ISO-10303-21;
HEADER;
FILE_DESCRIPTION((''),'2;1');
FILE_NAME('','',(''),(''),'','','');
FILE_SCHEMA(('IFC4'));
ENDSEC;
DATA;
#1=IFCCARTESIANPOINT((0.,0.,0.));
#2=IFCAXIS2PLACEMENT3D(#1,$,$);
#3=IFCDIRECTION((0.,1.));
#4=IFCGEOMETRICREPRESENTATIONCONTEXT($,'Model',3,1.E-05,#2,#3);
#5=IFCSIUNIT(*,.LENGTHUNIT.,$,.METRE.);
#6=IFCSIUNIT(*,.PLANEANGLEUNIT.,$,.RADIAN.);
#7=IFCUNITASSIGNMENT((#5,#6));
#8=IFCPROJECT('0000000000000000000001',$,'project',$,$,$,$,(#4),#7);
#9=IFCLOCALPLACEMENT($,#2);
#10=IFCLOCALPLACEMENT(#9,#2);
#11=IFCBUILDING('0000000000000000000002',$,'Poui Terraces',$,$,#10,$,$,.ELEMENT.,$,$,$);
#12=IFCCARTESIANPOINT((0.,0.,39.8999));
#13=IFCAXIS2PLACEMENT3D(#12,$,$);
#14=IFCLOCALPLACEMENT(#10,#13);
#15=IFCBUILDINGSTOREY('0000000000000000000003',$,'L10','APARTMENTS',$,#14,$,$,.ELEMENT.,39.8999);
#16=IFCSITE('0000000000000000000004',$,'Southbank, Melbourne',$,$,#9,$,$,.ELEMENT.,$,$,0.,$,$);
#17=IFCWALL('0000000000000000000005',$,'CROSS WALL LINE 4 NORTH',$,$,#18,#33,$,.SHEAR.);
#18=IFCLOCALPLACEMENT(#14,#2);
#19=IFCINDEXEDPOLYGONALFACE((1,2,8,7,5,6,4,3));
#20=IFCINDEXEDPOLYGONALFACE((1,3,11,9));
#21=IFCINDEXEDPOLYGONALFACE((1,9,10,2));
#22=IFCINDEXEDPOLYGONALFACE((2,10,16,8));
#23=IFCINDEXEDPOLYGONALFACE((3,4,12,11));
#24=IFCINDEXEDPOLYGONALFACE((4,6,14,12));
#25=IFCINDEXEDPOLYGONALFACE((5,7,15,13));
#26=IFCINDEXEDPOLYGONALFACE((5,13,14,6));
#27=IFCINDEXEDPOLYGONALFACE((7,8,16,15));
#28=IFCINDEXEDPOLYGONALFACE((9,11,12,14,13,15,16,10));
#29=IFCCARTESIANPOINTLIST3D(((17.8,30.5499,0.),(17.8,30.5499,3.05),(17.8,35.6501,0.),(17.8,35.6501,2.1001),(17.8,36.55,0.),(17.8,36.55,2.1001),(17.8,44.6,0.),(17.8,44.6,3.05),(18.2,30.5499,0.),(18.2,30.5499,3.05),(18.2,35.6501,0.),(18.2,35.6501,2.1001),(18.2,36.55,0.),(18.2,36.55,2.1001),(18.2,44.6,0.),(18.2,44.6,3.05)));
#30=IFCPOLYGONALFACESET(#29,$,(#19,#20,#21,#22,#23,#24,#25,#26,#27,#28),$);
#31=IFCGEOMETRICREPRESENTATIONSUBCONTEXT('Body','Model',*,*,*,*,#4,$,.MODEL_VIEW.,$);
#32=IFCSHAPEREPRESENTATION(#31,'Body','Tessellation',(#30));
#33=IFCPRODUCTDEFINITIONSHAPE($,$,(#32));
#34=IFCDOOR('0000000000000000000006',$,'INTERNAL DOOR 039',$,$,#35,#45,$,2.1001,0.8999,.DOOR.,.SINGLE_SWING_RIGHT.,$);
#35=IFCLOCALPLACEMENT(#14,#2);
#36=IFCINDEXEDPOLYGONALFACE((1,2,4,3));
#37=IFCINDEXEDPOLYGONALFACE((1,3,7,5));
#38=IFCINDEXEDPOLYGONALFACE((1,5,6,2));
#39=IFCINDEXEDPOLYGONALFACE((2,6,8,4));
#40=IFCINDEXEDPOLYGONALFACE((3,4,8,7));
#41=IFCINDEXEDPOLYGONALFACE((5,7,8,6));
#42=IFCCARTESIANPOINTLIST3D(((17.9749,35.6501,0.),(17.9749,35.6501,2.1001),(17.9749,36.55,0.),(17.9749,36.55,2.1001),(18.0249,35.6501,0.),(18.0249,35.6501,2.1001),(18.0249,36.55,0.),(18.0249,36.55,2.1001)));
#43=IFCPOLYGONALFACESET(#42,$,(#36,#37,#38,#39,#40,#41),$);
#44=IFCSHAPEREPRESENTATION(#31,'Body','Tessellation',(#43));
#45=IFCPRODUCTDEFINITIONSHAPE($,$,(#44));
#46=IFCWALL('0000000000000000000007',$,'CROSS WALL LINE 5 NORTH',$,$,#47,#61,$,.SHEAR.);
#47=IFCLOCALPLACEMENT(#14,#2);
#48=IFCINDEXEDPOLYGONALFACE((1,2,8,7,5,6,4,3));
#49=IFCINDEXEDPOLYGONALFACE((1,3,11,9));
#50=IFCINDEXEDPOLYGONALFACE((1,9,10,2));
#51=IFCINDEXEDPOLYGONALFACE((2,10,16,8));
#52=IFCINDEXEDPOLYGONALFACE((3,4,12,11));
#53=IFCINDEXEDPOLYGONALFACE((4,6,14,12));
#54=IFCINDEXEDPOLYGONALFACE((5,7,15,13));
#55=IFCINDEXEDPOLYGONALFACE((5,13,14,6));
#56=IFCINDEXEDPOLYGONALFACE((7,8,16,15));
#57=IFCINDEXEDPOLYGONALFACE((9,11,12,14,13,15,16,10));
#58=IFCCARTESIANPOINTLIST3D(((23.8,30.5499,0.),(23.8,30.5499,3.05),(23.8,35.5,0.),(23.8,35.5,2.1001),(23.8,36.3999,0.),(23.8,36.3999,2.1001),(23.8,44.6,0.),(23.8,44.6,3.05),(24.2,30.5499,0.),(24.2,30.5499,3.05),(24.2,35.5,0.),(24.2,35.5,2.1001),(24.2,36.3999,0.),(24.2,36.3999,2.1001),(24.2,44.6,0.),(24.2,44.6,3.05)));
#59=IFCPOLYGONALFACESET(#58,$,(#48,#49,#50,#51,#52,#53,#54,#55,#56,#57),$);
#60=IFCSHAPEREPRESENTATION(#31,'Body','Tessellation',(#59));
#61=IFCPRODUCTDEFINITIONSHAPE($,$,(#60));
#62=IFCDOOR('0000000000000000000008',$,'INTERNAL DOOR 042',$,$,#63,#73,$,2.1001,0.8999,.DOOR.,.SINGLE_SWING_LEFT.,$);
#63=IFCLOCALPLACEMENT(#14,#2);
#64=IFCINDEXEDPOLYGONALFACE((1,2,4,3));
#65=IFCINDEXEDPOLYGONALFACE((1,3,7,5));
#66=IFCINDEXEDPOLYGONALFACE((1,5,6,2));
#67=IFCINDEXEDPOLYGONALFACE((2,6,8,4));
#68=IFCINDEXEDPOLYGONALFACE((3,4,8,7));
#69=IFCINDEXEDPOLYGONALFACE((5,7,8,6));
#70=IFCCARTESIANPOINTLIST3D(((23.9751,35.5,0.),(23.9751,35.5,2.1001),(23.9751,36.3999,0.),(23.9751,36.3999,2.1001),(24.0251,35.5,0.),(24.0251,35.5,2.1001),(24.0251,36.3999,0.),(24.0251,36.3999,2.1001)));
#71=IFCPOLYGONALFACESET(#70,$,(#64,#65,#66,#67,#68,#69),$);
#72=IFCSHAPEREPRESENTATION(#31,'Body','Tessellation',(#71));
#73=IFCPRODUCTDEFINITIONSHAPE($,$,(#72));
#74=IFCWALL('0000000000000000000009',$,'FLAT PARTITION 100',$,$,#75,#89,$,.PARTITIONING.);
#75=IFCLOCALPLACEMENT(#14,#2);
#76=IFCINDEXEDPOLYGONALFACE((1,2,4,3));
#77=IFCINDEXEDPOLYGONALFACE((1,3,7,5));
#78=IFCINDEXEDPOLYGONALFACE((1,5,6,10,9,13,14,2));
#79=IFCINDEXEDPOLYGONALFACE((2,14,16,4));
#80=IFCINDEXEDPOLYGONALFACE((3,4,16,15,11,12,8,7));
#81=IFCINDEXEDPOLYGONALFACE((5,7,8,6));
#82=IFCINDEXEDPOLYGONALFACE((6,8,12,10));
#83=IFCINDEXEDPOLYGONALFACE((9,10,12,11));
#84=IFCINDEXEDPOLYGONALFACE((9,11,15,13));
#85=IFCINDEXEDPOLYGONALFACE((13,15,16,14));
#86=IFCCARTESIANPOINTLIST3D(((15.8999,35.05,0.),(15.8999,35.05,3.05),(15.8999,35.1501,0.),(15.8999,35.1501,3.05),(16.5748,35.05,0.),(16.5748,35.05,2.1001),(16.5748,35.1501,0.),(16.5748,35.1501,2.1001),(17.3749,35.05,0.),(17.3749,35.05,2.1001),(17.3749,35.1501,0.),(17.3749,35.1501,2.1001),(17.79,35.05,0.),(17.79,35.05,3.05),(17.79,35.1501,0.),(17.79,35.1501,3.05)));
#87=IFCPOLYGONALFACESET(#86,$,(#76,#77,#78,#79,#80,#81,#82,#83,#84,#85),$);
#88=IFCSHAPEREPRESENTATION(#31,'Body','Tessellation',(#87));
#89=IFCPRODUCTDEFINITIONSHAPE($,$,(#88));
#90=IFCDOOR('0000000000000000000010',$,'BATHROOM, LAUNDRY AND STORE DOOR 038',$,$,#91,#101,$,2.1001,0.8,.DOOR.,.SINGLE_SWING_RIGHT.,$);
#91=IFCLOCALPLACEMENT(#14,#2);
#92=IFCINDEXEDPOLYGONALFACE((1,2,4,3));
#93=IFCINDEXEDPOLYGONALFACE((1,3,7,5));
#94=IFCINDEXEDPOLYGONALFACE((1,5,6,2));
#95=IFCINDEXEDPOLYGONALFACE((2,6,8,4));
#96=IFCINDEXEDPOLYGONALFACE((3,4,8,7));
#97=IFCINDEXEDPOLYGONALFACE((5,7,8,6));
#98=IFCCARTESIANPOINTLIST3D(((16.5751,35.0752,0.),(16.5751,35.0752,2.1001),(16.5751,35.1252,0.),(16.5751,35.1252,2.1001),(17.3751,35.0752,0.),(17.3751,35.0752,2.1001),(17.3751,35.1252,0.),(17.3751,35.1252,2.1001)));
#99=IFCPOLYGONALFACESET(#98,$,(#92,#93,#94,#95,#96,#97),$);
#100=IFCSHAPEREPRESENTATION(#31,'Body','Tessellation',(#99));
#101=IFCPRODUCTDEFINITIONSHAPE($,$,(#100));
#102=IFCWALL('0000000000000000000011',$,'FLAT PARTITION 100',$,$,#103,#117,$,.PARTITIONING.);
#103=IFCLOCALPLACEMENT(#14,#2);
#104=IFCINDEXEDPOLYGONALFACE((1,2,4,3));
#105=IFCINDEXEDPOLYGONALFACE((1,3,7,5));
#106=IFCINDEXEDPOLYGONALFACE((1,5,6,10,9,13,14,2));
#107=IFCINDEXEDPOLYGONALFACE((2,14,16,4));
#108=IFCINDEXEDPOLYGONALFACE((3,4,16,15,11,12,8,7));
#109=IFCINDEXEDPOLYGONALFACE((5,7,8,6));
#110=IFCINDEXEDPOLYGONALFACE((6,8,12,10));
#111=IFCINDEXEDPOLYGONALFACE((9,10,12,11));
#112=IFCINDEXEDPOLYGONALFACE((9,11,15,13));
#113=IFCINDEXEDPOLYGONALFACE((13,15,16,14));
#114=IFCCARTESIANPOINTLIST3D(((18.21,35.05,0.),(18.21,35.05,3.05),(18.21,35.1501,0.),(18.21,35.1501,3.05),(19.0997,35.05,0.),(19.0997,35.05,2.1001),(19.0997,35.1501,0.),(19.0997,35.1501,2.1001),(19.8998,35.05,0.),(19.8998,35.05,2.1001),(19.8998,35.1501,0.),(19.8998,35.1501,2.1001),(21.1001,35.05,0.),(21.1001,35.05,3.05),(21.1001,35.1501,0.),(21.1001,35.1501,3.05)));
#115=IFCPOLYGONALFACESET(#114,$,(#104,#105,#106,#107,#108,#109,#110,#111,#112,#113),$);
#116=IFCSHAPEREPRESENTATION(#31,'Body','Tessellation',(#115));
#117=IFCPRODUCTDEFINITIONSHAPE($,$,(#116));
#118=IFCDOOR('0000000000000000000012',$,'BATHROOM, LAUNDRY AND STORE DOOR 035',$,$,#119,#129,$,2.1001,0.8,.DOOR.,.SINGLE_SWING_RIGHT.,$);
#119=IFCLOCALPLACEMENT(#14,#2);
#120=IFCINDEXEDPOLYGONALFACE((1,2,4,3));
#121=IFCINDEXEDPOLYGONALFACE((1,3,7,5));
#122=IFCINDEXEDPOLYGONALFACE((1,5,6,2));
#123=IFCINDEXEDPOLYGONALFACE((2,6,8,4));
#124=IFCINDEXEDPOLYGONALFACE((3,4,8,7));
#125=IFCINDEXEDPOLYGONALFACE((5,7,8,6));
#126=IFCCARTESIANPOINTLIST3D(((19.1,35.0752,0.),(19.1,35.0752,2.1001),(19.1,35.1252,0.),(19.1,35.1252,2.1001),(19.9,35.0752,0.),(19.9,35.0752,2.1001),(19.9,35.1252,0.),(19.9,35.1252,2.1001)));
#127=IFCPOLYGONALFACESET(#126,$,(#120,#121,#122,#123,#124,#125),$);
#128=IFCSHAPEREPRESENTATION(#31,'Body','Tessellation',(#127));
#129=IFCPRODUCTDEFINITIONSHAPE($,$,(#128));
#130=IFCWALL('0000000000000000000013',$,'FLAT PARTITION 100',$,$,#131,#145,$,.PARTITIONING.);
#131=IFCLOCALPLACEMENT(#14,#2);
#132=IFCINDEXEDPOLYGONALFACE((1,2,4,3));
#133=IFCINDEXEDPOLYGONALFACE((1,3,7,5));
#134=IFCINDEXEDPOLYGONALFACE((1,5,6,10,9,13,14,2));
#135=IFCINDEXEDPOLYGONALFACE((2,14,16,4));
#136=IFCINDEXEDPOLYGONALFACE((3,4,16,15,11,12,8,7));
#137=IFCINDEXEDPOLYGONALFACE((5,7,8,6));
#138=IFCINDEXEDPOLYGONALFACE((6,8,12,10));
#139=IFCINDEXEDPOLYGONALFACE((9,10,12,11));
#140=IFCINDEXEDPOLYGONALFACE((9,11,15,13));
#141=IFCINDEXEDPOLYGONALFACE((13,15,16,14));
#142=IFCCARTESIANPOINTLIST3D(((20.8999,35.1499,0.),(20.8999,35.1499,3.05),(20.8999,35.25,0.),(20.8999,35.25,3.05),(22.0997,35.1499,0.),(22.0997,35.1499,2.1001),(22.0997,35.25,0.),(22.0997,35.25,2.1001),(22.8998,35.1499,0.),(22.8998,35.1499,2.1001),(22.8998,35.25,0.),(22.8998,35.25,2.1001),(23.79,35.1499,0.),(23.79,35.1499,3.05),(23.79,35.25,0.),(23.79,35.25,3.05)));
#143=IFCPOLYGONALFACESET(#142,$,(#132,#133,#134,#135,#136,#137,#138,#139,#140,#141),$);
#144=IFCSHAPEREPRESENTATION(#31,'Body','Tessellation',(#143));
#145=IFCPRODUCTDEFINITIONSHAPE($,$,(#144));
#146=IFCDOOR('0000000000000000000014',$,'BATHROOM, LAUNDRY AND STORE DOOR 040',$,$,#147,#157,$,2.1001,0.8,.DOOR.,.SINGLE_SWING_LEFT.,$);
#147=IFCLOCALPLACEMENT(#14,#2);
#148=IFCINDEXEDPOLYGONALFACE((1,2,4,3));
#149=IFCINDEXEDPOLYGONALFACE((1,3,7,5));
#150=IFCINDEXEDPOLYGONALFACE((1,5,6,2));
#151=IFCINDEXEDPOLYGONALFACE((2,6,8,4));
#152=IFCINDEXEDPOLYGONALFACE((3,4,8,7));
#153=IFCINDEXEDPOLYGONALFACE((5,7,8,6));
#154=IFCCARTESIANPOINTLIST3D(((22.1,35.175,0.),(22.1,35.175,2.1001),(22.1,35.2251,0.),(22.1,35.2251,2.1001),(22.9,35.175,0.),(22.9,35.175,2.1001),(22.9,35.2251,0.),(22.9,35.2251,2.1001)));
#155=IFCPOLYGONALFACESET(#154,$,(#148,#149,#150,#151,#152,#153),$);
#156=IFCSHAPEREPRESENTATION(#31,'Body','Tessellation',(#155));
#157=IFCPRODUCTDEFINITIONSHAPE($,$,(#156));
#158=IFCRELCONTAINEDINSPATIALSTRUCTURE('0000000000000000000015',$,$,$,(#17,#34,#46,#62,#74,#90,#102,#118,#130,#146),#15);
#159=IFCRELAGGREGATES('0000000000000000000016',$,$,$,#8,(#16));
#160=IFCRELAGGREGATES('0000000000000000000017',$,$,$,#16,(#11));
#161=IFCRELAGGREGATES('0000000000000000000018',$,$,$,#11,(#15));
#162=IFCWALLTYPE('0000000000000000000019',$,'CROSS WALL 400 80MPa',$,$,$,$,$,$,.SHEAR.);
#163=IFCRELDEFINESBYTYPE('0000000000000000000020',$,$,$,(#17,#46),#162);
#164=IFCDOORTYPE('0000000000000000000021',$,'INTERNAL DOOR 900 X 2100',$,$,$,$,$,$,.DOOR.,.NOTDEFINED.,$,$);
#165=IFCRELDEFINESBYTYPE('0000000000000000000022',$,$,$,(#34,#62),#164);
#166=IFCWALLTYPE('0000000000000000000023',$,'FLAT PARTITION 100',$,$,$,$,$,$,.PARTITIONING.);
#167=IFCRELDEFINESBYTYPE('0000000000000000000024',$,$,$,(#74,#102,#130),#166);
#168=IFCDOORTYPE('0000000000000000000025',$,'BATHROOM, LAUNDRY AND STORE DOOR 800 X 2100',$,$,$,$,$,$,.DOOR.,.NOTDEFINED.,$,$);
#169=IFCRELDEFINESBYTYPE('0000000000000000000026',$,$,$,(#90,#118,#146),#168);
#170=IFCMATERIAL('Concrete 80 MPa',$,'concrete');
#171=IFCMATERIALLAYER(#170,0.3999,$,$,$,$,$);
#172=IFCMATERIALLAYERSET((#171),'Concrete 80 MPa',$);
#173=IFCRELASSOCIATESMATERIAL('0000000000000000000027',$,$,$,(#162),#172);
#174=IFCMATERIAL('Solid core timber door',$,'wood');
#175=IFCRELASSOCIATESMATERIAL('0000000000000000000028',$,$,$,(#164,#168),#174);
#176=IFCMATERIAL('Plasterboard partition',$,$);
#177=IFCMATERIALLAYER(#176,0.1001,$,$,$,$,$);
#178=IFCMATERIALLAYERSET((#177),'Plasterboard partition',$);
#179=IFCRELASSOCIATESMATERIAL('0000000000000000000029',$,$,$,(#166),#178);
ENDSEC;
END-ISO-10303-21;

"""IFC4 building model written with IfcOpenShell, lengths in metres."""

from ifc_helpers import new_model, si_unit, direction, frame, frame_2d, origin, place, context, subcontext, project, spatial, rectangle, extrude, material, layer, layer_set, type_object, element, fill, save


model = new_model("IFC4")

# Units and contexts
model_context = context("Model", 3, precision=1e-05, world=origin(), true_north=direction((0.0, 1.0)))
body_context = subcontext(model_context, "Body", "Model", "MODEL_VIEW")
ifc_project = project(units=[si_unit("LENGTHUNIT", "METRE"), si_unit("PLANEANGLEUNIT", "RADIAN")], contexts=[model_context])

# Site, building, storey
site_placement = place(None, origin())
site = spatial("IfcSite", under=ifc_project, at=site_placement, Name="Southbank, Melbourne", CompositionType="ELEMENT", RefElevation=0.0)
building_placement = place(site_placement, origin())
building = spatial("IfcBuilding", under=site, at=building_placement, Name="Poui Terraces", CompositionType="ELEMENT")
storey_placement = place(building_placement, frame((0.0, 0.0, 39.8999)))
storey = spatial("IfcBuildingStorey", under=building, at=storey_placement, Name="L10", Description="APARTMENTS", CompositionType="ELEMENT", Elevation=39.8999)

# Walls, openings, doors
ifc_material_1 = material(Name="Concrete 80 MPa", Category="concrete")
ifc_layer_1 = layer(ifc_material_1, 0.3999)
ifc_layer_set_1 = layer_set([ifc_layer_1], Name="Concrete 80 MPa")
wall_type_1 = type_object("IfcWallType", Name="CROSS WALL 400 80MPa", PredefinedType="SHEAR", material=ifc_layer_set_1)
wall_1_placement = place(storey_placement, frame((18.0, 30.55, 0.0), z_axis=(0.0, 0.0, 1.0), x_axis=(0.0, 1.0, 0.0)))
wall_1 = element("IfcWall", 1, at=wall_1_placement, inside=storey, type_object=wall_type_1, Name="CROSS WALL LINE 4 NORTH", PredefinedType="SHEAR", context=body_context, shape_type="SweptSolid", body=[
    extrude(rectangle(XDim=14.05, YDim=0.3999, at=frame_2d((7.0249, 0.0))), origin(), (0.0, 0.0, 1.0), 3.05),
])
opening_1_placement = place(wall_1_placement, frame((5.1001, 0.0, 0.0)))
opening_1 = element("IfcOpeningElement", 2, at=opening_1_placement, cuts=wall_1, PredefinedType="OPENING", context=body_context, shape_type="SweptSolid", body=[
    extrude(rectangle(XDim=0.8999, YDim=2.1001, at=frame_2d((0.45, 1.05))), frame((0.0, 0.21, 0.0), z_axis=(0.0, -1.0, 0.0), x_axis=(1.0, 0.0, 0.0)), (0.0, 0.0, 1.0), 0.4199),
])
ifc_material_2 = material(Name="Solid core timber door", Category="wood")
door_type_1 = type_object("IfcDoorType", Name="INTERNAL DOOR 900 X 2100", OperationType="NOTDEFINED", PredefinedType="DOOR", material=ifc_material_2)
door_1_placement = place(opening_1_placement, frame((0.8999, 0.0, 0.0), z_axis=(0.0, 0.0, 1.0), x_axis=(-1.0, 0.0, 0.0)))
door_1 = element("IfcDoor", 3, at=door_1_placement, inside=storey, type_object=door_type_1, Name="INTERNAL DOOR 039", OperationType="SINGLE_SWING_RIGHT", OverallHeight=2.1001, OverallWidth=0.8999, PredefinedType="DOOR", context=body_context, shape_type="SweptSolid", body=[
    extrude(rectangle(XDim=0.8999, YDim=2.1001, at=frame_2d((0.45, 1.05))), frame((0.0, 0.0249, 0.0), z_axis=(0.0, -1.0, 0.0), x_axis=(1.0, 0.0, 0.0)), (0.0, 0.0, 1.0), 0.05),
])
fill(opening_1, door_1)
wall_2_placement = place(storey_placement, frame((24.0, 30.55, 0.0), z_axis=(0.0, 0.0, 1.0), x_axis=(0.0, 1.0, 0.0)))
wall_2 = element("IfcWall", 4, at=wall_2_placement, inside=storey, type_object=wall_type_1, Name="CROSS WALL LINE 5 NORTH", PredefinedType="SHEAR", context=body_context, shape_type="SweptSolid", body=[
    extrude(rectangle(XDim=14.05, YDim=0.3999, at=frame_2d((7.0249, 0.0))), origin(), (0.0, 0.0, 1.0), 3.05),
])
opening_2_placement = place(wall_2_placement, frame((4.95, 0.0, 0.0)))
opening_2 = element("IfcOpeningElement", 5, at=opening_2_placement, cuts=wall_2, PredefinedType="OPENING", context=body_context, shape_type="SweptSolid", body=[
    extrude(rectangle(XDim=0.8999, YDim=2.1001, at=frame_2d((0.45, 1.05))), frame((0.0, 0.21, 0.0), z_axis=(0.0, -1.0, 0.0), x_axis=(1.0, 0.0, 0.0)), (0.0, 0.0, 1.0), 0.4199),
])
door_2_placement = place(opening_2_placement, origin())
door_2 = element("IfcDoor", 6, at=door_2_placement, inside=storey, type_object=door_type_1, Name="INTERNAL DOOR 042", OperationType="SINGLE_SWING_LEFT", OverallHeight=2.1001, OverallWidth=0.8999, PredefinedType="DOOR", context=body_context, shape_type="SweptSolid", body=[
    extrude(rectangle(XDim=0.8999, YDim=2.1001, at=frame_2d((0.45, 1.05))), frame((0.0, 0.0249, 0.0), z_axis=(0.0, -1.0, 0.0), x_axis=(1.0, 0.0, 0.0)), (0.0, 0.0, 1.0), 0.05),
])
fill(opening_2, door_2)
ifc_material_3 = material(Name="Plasterboard partition")
ifc_layer_2 = layer(ifc_material_3, 0.1001)
ifc_layer_set_2 = layer_set([ifc_layer_2], Name="Plasterboard partition")
wall_type_2 = type_object("IfcWallType", Name="FLAT PARTITION 100", PredefinedType="PARTITIONING", material=ifc_layer_set_2)
wall_3_placement = place(storey_placement, frame((15.8999, 35.1001, 0.0), z_axis=(0.0, 0.0, 1.0), x_axis=(1.0, 0.0, 0.0)))
wall_3 = element("IfcWall", 7, at=wall_3_placement, inside=storey, type_object=wall_type_2, Name="FLAT PARTITION 100", PredefinedType="PARTITIONING", context=body_context, shape_type="SweptSolid", body=[
    extrude(rectangle(XDim=1.8901, YDim=0.1001, at=frame_2d((0.9451, 0.0))), origin(), (0.0, 0.0, 1.0), 3.05),
])
opening_3_placement = place(wall_3_placement, frame((0.675, 0.0, 0.0)))
opening_3 = element("IfcOpeningElement", 8, at=opening_3_placement, cuts=wall_3, PredefinedType="OPENING", context=body_context, shape_type="SweptSolid", body=[
    extrude(rectangle(XDim=0.8, YDim=2.1001, at=frame_2d((0.3999, 1.05))), frame((0.0, 0.0601, 0.0), z_axis=(0.0, -1.0, 0.0), x_axis=(1.0, 0.0, 0.0)), (0.0, 0.0, 1.0), 0.1201),
])
door_type_2 = type_object("IfcDoorType", Name="BATHROOM, LAUNDRY AND STORE DOOR 800 X 2100", OperationType="NOTDEFINED", PredefinedType="DOOR", material=ifc_material_2)
door_3_placement = place(opening_3_placement, frame((0.8, 0.0, 0.0), z_axis=(0.0, 0.0, 1.0), x_axis=(-1.0, 0.0, 0.0)))
door_3 = element("IfcDoor", 9, at=door_3_placement, inside=storey, type_object=door_type_2, Name="BATHROOM, LAUNDRY AND STORE DOOR 038", OperationType="SINGLE_SWING_RIGHT", OverallHeight=2.1001, OverallWidth=0.8, PredefinedType="DOOR", context=body_context, shape_type="SweptSolid", body=[
    extrude(rectangle(XDim=0.8, YDim=2.1001, at=frame_2d((0.3999, 1.05))), frame((0.0, 0.0249, 0.0), z_axis=(0.0, -1.0, 0.0), x_axis=(1.0, 0.0, 0.0)), (0.0, 0.0, 1.0), 0.05),
])
fill(opening_3, door_3)
wall_4_placement = place(storey_placement, frame((18.21, 35.1001, 0.0), z_axis=(0.0, 0.0, 1.0), x_axis=(1.0, 0.0, 0.0)))
wall_4 = element("IfcWall", 10, at=wall_4_placement, inside=storey, type_object=wall_type_2, Name="FLAT PARTITION 100", PredefinedType="PARTITIONING", context=body_context, shape_type="SweptSolid", body=[
    extrude(rectangle(XDim=2.8901, YDim=0.1001, at=frame_2d((1.4451, 0.0))), origin(), (0.0, 0.0, 1.0), 3.05),
])
opening_4_placement = place(wall_4_placement, frame((0.8899, 0.0, 0.0)))
opening_4 = element("IfcOpeningElement", 11, at=opening_4_placement, cuts=wall_4, PredefinedType="OPENING", context=body_context, shape_type="SweptSolid", body=[
    extrude(rectangle(XDim=0.8, YDim=2.1001, at=frame_2d((0.3999, 1.05))), frame((0.0, 0.0601, 0.0), z_axis=(0.0, -1.0, 0.0), x_axis=(1.0, 0.0, 0.0)), (0.0, 0.0, 1.0), 0.1201),
])
door_4_placement = place(opening_4_placement, frame((0.8, 0.0, 0.0), z_axis=(0.0, 0.0, 1.0), x_axis=(-1.0, 0.0, 0.0)))
door_4 = element("IfcDoor", 12, at=door_4_placement, inside=storey, type_object=door_type_2, Name="BATHROOM, LAUNDRY AND STORE DOOR 035", OperationType="SINGLE_SWING_RIGHT", OverallHeight=2.1001, OverallWidth=0.8, PredefinedType="DOOR", context=body_context, shape_type="SweptSolid", body=[
    extrude(rectangle(XDim=0.8, YDim=2.1001, at=frame_2d((0.3999, 1.05))), frame((0.0, 0.0249, 0.0), z_axis=(0.0, -1.0, 0.0), x_axis=(1.0, 0.0, 0.0)), (0.0, 0.0, 1.0), 0.05),
])
fill(opening_4, door_4)
wall_5_placement = place(storey_placement, frame((20.8999, 35.2, 0.0), z_axis=(0.0, 0.0, 1.0), x_axis=(1.0, 0.0, 0.0)))
wall_5 = element("IfcWall", 13, at=wall_5_placement, inside=storey, type_object=wall_type_2, Name="FLAT PARTITION 100", PredefinedType="PARTITIONING", context=body_context, shape_type="SweptSolid", body=[
    extrude(rectangle(XDim=2.8901, YDim=0.1001, at=frame_2d((1.4451, 0.0))), origin(), (0.0, 0.0, 1.0), 3.05),
])
opening_5_placement = place(wall_5_placement, frame((1.2, 0.0, 0.0)))
opening_5 = element("IfcOpeningElement", 14, at=opening_5_placement, cuts=wall_5, PredefinedType="OPENING", context=body_context, shape_type="SweptSolid", body=[
    extrude(rectangle(XDim=0.8, YDim=2.1001, at=frame_2d((0.3999, 1.05))), frame((0.0, 0.0601, 0.0), z_axis=(0.0, -1.0, 0.0), x_axis=(1.0, 0.0, 0.0)), (0.0, 0.0, 1.0), 0.1201),
])
door_5_placement = place(opening_5_placement, frame((0.8, 0.0, 0.0), z_axis=(0.0, 0.0, 1.0), x_axis=(-1.0, 0.0, 0.0)))
door_5 = element("IfcDoor", 15, at=door_5_placement, inside=storey, type_object=door_type_2, Name="BATHROOM, LAUNDRY AND STORE DOOR 040", OperationType="SINGLE_SWING_LEFT", OverallHeight=2.1001, OverallWidth=0.8, PredefinedType="DOOR", context=body_context, shape_type="SweptSolid", body=[
    extrude(rectangle(XDim=0.8, YDim=2.1001, at=frame_2d((0.3999, 1.05))), frame((0.0, 0.0249, 0.0), z_axis=(0.0, -1.0, 0.0), x_axis=(1.0, 0.0, 0.0)), (0.0, 0.0, 1.0), 0.05),
])
fill(opening_5, door_5)

save(model, "model.ifc")
